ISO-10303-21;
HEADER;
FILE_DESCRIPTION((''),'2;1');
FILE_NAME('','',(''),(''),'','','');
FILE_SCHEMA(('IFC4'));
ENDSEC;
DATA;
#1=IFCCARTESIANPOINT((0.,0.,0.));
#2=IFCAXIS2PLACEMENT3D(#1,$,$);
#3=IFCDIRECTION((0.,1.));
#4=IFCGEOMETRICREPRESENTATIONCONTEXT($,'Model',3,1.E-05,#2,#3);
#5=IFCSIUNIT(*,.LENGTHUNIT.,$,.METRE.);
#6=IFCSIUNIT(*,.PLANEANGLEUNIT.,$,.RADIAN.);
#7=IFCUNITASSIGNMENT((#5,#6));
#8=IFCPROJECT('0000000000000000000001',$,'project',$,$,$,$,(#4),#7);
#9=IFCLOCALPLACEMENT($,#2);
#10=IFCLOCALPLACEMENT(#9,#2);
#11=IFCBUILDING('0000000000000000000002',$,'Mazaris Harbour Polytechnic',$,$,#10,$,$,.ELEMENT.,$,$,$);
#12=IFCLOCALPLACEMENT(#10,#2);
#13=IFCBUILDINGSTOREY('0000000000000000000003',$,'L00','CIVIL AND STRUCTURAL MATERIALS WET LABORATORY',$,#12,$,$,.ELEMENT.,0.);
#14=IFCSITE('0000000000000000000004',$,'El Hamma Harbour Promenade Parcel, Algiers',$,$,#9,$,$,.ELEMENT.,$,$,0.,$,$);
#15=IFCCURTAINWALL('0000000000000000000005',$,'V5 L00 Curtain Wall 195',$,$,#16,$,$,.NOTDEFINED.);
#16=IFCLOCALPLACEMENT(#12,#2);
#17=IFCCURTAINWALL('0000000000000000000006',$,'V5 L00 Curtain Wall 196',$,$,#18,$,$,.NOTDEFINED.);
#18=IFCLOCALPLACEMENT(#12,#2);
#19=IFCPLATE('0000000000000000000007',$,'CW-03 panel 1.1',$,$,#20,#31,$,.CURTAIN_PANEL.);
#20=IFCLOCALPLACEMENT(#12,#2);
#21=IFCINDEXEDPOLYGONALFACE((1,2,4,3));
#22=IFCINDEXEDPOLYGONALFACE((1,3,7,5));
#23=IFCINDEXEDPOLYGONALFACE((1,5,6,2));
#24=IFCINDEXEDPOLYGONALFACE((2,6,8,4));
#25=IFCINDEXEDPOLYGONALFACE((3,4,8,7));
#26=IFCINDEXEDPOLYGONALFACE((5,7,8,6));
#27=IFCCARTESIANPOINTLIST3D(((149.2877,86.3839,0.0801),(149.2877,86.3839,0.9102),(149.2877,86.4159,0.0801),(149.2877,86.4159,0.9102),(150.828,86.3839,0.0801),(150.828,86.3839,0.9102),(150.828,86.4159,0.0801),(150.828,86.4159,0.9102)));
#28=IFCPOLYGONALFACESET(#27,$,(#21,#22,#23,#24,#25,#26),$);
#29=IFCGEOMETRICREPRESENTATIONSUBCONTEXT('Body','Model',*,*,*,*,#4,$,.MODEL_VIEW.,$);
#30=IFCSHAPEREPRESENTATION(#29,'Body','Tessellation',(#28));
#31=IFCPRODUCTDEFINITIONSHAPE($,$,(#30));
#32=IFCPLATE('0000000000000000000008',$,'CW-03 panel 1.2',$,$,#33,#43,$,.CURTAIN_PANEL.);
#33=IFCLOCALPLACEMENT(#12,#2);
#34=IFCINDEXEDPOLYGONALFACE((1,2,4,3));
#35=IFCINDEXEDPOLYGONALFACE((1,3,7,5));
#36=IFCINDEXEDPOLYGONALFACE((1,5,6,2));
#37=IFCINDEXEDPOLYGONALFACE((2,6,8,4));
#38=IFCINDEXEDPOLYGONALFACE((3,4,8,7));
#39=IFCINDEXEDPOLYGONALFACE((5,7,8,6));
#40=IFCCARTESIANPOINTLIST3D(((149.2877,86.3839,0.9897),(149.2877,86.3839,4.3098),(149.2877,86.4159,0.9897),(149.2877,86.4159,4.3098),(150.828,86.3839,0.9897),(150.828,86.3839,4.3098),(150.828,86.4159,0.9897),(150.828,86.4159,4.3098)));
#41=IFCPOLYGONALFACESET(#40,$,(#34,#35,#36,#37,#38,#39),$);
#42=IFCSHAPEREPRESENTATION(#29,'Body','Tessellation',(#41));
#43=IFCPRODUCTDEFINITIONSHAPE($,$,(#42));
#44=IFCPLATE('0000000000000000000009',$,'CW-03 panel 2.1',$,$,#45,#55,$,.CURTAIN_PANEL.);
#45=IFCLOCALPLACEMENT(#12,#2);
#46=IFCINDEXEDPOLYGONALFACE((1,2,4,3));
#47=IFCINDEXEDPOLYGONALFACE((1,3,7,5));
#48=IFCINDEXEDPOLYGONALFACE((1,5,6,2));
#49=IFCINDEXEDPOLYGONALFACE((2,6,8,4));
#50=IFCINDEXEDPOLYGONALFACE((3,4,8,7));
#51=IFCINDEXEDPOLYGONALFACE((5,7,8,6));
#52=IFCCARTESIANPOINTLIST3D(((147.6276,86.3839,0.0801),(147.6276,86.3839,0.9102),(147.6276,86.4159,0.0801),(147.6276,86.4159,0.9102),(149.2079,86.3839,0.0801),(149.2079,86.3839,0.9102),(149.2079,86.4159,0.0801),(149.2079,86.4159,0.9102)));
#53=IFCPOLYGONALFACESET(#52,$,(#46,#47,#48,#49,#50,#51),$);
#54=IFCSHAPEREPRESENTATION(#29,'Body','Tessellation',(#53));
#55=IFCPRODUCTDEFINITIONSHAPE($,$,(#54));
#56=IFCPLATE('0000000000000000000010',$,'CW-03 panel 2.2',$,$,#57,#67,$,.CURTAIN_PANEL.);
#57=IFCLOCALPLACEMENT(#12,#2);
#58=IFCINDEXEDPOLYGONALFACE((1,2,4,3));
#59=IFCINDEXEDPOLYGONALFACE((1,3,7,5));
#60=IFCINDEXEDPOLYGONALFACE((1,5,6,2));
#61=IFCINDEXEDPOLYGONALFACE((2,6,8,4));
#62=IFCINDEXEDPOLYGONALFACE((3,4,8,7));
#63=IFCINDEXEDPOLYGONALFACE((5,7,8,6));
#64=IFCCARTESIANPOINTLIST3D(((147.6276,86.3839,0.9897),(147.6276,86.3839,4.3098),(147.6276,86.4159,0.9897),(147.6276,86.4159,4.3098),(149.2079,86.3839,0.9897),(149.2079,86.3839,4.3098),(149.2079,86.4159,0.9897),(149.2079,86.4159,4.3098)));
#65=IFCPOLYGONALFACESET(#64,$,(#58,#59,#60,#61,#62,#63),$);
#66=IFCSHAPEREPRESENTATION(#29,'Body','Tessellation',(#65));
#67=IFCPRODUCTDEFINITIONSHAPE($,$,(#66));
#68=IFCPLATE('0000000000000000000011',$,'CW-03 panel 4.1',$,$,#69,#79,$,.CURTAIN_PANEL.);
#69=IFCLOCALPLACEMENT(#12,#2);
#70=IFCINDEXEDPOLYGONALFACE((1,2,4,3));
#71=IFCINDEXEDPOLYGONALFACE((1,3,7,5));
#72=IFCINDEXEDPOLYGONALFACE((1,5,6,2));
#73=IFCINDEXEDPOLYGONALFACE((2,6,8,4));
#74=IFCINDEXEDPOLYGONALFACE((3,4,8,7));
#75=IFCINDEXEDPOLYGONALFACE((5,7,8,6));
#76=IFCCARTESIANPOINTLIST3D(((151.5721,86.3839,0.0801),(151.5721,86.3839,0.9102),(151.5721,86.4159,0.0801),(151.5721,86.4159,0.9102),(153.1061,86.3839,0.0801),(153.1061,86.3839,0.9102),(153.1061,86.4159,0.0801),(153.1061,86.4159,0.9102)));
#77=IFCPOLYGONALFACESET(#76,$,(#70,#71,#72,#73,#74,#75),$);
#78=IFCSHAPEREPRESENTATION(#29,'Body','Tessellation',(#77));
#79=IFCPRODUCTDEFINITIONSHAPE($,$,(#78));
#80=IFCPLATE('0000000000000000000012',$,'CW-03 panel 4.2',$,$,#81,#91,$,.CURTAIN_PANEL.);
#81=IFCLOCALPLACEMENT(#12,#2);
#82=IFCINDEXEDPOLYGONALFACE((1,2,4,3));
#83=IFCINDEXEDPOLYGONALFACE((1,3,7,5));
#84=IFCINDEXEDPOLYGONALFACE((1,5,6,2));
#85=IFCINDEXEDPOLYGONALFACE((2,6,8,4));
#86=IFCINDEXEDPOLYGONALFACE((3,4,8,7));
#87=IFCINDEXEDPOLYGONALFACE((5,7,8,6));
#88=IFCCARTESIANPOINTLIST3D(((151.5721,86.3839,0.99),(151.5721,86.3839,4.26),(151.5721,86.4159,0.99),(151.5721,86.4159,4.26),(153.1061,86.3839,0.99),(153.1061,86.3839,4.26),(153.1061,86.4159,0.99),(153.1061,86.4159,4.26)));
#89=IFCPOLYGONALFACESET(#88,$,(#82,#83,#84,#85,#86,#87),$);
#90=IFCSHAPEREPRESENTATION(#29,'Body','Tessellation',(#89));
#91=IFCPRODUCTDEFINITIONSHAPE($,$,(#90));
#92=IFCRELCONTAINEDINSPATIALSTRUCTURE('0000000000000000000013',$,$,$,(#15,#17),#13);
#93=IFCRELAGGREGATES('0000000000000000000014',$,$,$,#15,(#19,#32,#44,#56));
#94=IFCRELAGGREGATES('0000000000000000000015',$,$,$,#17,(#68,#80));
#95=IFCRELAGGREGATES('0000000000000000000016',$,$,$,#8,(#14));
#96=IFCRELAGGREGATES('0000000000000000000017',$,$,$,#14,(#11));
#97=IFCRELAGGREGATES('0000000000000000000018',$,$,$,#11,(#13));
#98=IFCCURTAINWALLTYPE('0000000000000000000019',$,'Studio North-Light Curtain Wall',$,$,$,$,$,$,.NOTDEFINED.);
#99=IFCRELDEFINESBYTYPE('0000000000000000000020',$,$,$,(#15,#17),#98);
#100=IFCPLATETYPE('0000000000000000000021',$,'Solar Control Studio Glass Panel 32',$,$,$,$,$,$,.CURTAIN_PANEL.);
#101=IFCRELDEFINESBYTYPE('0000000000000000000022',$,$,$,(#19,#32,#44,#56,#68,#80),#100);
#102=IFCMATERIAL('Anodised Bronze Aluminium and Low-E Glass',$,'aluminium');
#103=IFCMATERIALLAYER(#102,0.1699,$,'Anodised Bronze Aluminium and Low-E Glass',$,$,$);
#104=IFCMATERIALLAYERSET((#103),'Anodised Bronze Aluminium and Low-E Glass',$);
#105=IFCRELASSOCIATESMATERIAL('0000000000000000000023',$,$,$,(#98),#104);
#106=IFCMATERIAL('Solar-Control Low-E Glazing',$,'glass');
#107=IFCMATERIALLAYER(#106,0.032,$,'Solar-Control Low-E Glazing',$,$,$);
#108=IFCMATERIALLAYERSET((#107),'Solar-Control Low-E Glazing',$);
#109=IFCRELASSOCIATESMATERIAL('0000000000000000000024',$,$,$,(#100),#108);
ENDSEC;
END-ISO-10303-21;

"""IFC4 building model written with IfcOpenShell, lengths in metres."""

from ifc_helpers import new_model, si_unit, direction, frame, origin, origin_2d, place, context, subcontext, project, spatial, rectangle, extrude, material, layer, layer_set, type_object, element, aggregate, save


model = new_model("IFC4")

# Units and contexts
model_context = context("Model", 3, precision=1e-05, world=origin(), true_north=direction((0.0, 1.0)))
body_context = subcontext(model_context, "Body", "Model", "MODEL_VIEW")
ifc_project = project(units=[si_unit("LENGTHUNIT", "METRE"), si_unit("PLANEANGLEUNIT", "RADIAN")], contexts=[model_context])

# Site, building, storey
site_placement = place(None, origin())
site = spatial("IfcSite", under=ifc_project, at=site_placement, Name="El Hamma Harbour Promenade Parcel, Algiers", CompositionType="ELEMENT", RefElevation=0.0)
building_placement = place(site_placement, origin())
building = spatial("IfcBuilding", under=site, at=building_placement, Name="Mazaris Harbour Polytechnic", CompositionType="ELEMENT")
storey_placement = place(building_placement, origin())
storey = spatial("IfcBuildingStorey", under=building, at=storey_placement, Name="L00", Description="CIVIL AND STRUCTURAL MATERIALS WET LABORATORY", CompositionType="ELEMENT", Elevation=0.0)

# Curtain walls
ifc_material_1 = material(Name="Anodised Bronze Aluminium and Low-E Glass", Category="aluminium")
ifc_layer_1 = layer(ifc_material_1, 0.1699, Name="Anodised Bronze Aluminium and Low-E Glass")
ifc_layer_set_1 = layer_set([ifc_layer_1], Name="Anodised Bronze Aluminium and Low-E Glass")
curtain_wall_type = type_object("IfcCurtainWallType", Name="Studio North-Light Curtain Wall", PredefinedType="NOTDEFINED", material=ifc_layer_set_1)
curtain_wall_1_placement = place(storey_placement, origin())
curtain_wall_1 = element("IfcCurtainWall", 1, at=curtain_wall_1_placement, inside=storey, type_object=curtain_wall_type, Name="V5 L00 Curtain Wall 195", PredefinedType="NOTDEFINED")
curtain_wall_2_placement = place(storey_placement, origin())
curtain_wall_2 = element("IfcCurtainWall", 2, at=curtain_wall_2_placement, inside=storey, type_object=curtain_wall_type, Name="V5 L00 Curtain Wall 196", PredefinedType="NOTDEFINED")

# Plates
ifc_material_2 = material(Name="Solar-Control Low-E Glazing", Category="glass")
ifc_layer_2 = layer(ifc_material_2, 0.032, Name="Solar-Control Low-E Glazing")
ifc_layer_set_2 = layer_set([ifc_layer_2], Name="Solar-Control Low-E Glazing")
plate_type = type_object("IfcPlateType", Name="Solar Control Studio Glass Panel 32", PredefinedType="CURTAIN_PANEL", material=ifc_layer_set_2)
plate_1_placement = place(storey_placement, frame((150.0579, 86.3999, 0.0801), z_axis=(0.0, 0.0, 1.0), x_axis=(-1.0, 0.0, 0.0)))
plate_1 = element("IfcPlate", 3, at=plate_1_placement, type_object=plate_type, Name="CW-03 panel 1.1", PredefinedType="CURTAIN_PANEL", context=body_context, shape_type="SweptSolid", body=[
    extrude(rectangle(XDim=1.5403, YDim=0.032, at=origin_2d()), origin(), (0.0, 0.0, 1.0), 0.8301),
])
plate_2_placement = place(storey_placement, frame((150.0579, 86.3999, 0.9897), z_axis=(0.0, 0.0, 1.0), x_axis=(-1.0, 0.0, 0.0)))
plate_2 = element("IfcPlate", 4, at=plate_2_placement, type_object=plate_type, Name="CW-03 panel 1.2", PredefinedType="CURTAIN_PANEL", context=body_context, shape_type="SweptSolid", body=[
    extrude(rectangle(XDim=1.5403, YDim=0.032, at=origin_2d()), origin(), (0.0, 0.0, 1.0), 3.3201),
])
plate_3_placement = place(storey_placement, frame((148.4177, 86.3999, 0.0801), z_axis=(0.0, 0.0, 1.0), x_axis=(-1.0, 0.0, 0.0)))
plate_3 = element("IfcPlate", 5, at=plate_3_placement, type_object=plate_type, Name="CW-03 panel 2.1", PredefinedType="CURTAIN_PANEL", context=body_context, shape_type="SweptSolid", body=[
    extrude(rectangle(XDim=1.5803, YDim=0.032, at=origin_2d()), origin(), (0.0, 0.0, 1.0), 0.8301),
])
plate_4_placement = place(storey_placement, frame((148.4177, 86.3999, 0.9897), z_axis=(0.0, 0.0, 1.0), x_axis=(-1.0, 0.0, 0.0)))
plate_4 = element("IfcPlate", 6, at=plate_4_placement, type_object=plate_type, Name="CW-03 panel 2.2", PredefinedType="CURTAIN_PANEL", context=body_context, shape_type="SweptSolid", body=[
    extrude(rectangle(XDim=1.5803, YDim=0.032, at=origin_2d()), origin(), (0.0, 0.0, 1.0), 3.3201),
])
aggregate(curtain_wall_1, [plate_1, plate_2, plate_3, plate_4])
plate_5_placement = place(storey_placement, frame((152.3391, 86.3999, 0.0801), z_axis=(0.0, 0.0, 1.0), x_axis=(-1.0, 0.0, 0.0)))
plate_5 = element("IfcPlate", 7, at=plate_5_placement, type_object=plate_type, Name="CW-03 panel 4.1", PredefinedType="CURTAIN_PANEL", context=body_context, shape_type="SweptSolid", body=[
    extrude(rectangle(XDim=1.5339, YDim=0.032, at=origin_2d()), origin(), (0.0, 0.0, 1.0), 0.8301),
])
plate_6_placement = place(storey_placement, frame((152.3391, 86.3999, 0.99), z_axis=(0.0, 0.0, 1.0), x_axis=(-1.0, 0.0, 0.0)))
plate_6 = element("IfcPlate", 8, at=plate_6_placement, type_object=plate_type, Name="CW-03 panel 4.2", PredefinedType="CURTAIN_PANEL", context=body_context, shape_type="SweptSolid", body=[
    extrude(rectangle(XDim=1.5339, YDim=0.032, at=origin_2d()), origin(), (0.0, 0.0, 1.0), 3.27),
])
aggregate(curtain_wall_2, [plate_5, plate_6])

save(model, "model.ifc")
